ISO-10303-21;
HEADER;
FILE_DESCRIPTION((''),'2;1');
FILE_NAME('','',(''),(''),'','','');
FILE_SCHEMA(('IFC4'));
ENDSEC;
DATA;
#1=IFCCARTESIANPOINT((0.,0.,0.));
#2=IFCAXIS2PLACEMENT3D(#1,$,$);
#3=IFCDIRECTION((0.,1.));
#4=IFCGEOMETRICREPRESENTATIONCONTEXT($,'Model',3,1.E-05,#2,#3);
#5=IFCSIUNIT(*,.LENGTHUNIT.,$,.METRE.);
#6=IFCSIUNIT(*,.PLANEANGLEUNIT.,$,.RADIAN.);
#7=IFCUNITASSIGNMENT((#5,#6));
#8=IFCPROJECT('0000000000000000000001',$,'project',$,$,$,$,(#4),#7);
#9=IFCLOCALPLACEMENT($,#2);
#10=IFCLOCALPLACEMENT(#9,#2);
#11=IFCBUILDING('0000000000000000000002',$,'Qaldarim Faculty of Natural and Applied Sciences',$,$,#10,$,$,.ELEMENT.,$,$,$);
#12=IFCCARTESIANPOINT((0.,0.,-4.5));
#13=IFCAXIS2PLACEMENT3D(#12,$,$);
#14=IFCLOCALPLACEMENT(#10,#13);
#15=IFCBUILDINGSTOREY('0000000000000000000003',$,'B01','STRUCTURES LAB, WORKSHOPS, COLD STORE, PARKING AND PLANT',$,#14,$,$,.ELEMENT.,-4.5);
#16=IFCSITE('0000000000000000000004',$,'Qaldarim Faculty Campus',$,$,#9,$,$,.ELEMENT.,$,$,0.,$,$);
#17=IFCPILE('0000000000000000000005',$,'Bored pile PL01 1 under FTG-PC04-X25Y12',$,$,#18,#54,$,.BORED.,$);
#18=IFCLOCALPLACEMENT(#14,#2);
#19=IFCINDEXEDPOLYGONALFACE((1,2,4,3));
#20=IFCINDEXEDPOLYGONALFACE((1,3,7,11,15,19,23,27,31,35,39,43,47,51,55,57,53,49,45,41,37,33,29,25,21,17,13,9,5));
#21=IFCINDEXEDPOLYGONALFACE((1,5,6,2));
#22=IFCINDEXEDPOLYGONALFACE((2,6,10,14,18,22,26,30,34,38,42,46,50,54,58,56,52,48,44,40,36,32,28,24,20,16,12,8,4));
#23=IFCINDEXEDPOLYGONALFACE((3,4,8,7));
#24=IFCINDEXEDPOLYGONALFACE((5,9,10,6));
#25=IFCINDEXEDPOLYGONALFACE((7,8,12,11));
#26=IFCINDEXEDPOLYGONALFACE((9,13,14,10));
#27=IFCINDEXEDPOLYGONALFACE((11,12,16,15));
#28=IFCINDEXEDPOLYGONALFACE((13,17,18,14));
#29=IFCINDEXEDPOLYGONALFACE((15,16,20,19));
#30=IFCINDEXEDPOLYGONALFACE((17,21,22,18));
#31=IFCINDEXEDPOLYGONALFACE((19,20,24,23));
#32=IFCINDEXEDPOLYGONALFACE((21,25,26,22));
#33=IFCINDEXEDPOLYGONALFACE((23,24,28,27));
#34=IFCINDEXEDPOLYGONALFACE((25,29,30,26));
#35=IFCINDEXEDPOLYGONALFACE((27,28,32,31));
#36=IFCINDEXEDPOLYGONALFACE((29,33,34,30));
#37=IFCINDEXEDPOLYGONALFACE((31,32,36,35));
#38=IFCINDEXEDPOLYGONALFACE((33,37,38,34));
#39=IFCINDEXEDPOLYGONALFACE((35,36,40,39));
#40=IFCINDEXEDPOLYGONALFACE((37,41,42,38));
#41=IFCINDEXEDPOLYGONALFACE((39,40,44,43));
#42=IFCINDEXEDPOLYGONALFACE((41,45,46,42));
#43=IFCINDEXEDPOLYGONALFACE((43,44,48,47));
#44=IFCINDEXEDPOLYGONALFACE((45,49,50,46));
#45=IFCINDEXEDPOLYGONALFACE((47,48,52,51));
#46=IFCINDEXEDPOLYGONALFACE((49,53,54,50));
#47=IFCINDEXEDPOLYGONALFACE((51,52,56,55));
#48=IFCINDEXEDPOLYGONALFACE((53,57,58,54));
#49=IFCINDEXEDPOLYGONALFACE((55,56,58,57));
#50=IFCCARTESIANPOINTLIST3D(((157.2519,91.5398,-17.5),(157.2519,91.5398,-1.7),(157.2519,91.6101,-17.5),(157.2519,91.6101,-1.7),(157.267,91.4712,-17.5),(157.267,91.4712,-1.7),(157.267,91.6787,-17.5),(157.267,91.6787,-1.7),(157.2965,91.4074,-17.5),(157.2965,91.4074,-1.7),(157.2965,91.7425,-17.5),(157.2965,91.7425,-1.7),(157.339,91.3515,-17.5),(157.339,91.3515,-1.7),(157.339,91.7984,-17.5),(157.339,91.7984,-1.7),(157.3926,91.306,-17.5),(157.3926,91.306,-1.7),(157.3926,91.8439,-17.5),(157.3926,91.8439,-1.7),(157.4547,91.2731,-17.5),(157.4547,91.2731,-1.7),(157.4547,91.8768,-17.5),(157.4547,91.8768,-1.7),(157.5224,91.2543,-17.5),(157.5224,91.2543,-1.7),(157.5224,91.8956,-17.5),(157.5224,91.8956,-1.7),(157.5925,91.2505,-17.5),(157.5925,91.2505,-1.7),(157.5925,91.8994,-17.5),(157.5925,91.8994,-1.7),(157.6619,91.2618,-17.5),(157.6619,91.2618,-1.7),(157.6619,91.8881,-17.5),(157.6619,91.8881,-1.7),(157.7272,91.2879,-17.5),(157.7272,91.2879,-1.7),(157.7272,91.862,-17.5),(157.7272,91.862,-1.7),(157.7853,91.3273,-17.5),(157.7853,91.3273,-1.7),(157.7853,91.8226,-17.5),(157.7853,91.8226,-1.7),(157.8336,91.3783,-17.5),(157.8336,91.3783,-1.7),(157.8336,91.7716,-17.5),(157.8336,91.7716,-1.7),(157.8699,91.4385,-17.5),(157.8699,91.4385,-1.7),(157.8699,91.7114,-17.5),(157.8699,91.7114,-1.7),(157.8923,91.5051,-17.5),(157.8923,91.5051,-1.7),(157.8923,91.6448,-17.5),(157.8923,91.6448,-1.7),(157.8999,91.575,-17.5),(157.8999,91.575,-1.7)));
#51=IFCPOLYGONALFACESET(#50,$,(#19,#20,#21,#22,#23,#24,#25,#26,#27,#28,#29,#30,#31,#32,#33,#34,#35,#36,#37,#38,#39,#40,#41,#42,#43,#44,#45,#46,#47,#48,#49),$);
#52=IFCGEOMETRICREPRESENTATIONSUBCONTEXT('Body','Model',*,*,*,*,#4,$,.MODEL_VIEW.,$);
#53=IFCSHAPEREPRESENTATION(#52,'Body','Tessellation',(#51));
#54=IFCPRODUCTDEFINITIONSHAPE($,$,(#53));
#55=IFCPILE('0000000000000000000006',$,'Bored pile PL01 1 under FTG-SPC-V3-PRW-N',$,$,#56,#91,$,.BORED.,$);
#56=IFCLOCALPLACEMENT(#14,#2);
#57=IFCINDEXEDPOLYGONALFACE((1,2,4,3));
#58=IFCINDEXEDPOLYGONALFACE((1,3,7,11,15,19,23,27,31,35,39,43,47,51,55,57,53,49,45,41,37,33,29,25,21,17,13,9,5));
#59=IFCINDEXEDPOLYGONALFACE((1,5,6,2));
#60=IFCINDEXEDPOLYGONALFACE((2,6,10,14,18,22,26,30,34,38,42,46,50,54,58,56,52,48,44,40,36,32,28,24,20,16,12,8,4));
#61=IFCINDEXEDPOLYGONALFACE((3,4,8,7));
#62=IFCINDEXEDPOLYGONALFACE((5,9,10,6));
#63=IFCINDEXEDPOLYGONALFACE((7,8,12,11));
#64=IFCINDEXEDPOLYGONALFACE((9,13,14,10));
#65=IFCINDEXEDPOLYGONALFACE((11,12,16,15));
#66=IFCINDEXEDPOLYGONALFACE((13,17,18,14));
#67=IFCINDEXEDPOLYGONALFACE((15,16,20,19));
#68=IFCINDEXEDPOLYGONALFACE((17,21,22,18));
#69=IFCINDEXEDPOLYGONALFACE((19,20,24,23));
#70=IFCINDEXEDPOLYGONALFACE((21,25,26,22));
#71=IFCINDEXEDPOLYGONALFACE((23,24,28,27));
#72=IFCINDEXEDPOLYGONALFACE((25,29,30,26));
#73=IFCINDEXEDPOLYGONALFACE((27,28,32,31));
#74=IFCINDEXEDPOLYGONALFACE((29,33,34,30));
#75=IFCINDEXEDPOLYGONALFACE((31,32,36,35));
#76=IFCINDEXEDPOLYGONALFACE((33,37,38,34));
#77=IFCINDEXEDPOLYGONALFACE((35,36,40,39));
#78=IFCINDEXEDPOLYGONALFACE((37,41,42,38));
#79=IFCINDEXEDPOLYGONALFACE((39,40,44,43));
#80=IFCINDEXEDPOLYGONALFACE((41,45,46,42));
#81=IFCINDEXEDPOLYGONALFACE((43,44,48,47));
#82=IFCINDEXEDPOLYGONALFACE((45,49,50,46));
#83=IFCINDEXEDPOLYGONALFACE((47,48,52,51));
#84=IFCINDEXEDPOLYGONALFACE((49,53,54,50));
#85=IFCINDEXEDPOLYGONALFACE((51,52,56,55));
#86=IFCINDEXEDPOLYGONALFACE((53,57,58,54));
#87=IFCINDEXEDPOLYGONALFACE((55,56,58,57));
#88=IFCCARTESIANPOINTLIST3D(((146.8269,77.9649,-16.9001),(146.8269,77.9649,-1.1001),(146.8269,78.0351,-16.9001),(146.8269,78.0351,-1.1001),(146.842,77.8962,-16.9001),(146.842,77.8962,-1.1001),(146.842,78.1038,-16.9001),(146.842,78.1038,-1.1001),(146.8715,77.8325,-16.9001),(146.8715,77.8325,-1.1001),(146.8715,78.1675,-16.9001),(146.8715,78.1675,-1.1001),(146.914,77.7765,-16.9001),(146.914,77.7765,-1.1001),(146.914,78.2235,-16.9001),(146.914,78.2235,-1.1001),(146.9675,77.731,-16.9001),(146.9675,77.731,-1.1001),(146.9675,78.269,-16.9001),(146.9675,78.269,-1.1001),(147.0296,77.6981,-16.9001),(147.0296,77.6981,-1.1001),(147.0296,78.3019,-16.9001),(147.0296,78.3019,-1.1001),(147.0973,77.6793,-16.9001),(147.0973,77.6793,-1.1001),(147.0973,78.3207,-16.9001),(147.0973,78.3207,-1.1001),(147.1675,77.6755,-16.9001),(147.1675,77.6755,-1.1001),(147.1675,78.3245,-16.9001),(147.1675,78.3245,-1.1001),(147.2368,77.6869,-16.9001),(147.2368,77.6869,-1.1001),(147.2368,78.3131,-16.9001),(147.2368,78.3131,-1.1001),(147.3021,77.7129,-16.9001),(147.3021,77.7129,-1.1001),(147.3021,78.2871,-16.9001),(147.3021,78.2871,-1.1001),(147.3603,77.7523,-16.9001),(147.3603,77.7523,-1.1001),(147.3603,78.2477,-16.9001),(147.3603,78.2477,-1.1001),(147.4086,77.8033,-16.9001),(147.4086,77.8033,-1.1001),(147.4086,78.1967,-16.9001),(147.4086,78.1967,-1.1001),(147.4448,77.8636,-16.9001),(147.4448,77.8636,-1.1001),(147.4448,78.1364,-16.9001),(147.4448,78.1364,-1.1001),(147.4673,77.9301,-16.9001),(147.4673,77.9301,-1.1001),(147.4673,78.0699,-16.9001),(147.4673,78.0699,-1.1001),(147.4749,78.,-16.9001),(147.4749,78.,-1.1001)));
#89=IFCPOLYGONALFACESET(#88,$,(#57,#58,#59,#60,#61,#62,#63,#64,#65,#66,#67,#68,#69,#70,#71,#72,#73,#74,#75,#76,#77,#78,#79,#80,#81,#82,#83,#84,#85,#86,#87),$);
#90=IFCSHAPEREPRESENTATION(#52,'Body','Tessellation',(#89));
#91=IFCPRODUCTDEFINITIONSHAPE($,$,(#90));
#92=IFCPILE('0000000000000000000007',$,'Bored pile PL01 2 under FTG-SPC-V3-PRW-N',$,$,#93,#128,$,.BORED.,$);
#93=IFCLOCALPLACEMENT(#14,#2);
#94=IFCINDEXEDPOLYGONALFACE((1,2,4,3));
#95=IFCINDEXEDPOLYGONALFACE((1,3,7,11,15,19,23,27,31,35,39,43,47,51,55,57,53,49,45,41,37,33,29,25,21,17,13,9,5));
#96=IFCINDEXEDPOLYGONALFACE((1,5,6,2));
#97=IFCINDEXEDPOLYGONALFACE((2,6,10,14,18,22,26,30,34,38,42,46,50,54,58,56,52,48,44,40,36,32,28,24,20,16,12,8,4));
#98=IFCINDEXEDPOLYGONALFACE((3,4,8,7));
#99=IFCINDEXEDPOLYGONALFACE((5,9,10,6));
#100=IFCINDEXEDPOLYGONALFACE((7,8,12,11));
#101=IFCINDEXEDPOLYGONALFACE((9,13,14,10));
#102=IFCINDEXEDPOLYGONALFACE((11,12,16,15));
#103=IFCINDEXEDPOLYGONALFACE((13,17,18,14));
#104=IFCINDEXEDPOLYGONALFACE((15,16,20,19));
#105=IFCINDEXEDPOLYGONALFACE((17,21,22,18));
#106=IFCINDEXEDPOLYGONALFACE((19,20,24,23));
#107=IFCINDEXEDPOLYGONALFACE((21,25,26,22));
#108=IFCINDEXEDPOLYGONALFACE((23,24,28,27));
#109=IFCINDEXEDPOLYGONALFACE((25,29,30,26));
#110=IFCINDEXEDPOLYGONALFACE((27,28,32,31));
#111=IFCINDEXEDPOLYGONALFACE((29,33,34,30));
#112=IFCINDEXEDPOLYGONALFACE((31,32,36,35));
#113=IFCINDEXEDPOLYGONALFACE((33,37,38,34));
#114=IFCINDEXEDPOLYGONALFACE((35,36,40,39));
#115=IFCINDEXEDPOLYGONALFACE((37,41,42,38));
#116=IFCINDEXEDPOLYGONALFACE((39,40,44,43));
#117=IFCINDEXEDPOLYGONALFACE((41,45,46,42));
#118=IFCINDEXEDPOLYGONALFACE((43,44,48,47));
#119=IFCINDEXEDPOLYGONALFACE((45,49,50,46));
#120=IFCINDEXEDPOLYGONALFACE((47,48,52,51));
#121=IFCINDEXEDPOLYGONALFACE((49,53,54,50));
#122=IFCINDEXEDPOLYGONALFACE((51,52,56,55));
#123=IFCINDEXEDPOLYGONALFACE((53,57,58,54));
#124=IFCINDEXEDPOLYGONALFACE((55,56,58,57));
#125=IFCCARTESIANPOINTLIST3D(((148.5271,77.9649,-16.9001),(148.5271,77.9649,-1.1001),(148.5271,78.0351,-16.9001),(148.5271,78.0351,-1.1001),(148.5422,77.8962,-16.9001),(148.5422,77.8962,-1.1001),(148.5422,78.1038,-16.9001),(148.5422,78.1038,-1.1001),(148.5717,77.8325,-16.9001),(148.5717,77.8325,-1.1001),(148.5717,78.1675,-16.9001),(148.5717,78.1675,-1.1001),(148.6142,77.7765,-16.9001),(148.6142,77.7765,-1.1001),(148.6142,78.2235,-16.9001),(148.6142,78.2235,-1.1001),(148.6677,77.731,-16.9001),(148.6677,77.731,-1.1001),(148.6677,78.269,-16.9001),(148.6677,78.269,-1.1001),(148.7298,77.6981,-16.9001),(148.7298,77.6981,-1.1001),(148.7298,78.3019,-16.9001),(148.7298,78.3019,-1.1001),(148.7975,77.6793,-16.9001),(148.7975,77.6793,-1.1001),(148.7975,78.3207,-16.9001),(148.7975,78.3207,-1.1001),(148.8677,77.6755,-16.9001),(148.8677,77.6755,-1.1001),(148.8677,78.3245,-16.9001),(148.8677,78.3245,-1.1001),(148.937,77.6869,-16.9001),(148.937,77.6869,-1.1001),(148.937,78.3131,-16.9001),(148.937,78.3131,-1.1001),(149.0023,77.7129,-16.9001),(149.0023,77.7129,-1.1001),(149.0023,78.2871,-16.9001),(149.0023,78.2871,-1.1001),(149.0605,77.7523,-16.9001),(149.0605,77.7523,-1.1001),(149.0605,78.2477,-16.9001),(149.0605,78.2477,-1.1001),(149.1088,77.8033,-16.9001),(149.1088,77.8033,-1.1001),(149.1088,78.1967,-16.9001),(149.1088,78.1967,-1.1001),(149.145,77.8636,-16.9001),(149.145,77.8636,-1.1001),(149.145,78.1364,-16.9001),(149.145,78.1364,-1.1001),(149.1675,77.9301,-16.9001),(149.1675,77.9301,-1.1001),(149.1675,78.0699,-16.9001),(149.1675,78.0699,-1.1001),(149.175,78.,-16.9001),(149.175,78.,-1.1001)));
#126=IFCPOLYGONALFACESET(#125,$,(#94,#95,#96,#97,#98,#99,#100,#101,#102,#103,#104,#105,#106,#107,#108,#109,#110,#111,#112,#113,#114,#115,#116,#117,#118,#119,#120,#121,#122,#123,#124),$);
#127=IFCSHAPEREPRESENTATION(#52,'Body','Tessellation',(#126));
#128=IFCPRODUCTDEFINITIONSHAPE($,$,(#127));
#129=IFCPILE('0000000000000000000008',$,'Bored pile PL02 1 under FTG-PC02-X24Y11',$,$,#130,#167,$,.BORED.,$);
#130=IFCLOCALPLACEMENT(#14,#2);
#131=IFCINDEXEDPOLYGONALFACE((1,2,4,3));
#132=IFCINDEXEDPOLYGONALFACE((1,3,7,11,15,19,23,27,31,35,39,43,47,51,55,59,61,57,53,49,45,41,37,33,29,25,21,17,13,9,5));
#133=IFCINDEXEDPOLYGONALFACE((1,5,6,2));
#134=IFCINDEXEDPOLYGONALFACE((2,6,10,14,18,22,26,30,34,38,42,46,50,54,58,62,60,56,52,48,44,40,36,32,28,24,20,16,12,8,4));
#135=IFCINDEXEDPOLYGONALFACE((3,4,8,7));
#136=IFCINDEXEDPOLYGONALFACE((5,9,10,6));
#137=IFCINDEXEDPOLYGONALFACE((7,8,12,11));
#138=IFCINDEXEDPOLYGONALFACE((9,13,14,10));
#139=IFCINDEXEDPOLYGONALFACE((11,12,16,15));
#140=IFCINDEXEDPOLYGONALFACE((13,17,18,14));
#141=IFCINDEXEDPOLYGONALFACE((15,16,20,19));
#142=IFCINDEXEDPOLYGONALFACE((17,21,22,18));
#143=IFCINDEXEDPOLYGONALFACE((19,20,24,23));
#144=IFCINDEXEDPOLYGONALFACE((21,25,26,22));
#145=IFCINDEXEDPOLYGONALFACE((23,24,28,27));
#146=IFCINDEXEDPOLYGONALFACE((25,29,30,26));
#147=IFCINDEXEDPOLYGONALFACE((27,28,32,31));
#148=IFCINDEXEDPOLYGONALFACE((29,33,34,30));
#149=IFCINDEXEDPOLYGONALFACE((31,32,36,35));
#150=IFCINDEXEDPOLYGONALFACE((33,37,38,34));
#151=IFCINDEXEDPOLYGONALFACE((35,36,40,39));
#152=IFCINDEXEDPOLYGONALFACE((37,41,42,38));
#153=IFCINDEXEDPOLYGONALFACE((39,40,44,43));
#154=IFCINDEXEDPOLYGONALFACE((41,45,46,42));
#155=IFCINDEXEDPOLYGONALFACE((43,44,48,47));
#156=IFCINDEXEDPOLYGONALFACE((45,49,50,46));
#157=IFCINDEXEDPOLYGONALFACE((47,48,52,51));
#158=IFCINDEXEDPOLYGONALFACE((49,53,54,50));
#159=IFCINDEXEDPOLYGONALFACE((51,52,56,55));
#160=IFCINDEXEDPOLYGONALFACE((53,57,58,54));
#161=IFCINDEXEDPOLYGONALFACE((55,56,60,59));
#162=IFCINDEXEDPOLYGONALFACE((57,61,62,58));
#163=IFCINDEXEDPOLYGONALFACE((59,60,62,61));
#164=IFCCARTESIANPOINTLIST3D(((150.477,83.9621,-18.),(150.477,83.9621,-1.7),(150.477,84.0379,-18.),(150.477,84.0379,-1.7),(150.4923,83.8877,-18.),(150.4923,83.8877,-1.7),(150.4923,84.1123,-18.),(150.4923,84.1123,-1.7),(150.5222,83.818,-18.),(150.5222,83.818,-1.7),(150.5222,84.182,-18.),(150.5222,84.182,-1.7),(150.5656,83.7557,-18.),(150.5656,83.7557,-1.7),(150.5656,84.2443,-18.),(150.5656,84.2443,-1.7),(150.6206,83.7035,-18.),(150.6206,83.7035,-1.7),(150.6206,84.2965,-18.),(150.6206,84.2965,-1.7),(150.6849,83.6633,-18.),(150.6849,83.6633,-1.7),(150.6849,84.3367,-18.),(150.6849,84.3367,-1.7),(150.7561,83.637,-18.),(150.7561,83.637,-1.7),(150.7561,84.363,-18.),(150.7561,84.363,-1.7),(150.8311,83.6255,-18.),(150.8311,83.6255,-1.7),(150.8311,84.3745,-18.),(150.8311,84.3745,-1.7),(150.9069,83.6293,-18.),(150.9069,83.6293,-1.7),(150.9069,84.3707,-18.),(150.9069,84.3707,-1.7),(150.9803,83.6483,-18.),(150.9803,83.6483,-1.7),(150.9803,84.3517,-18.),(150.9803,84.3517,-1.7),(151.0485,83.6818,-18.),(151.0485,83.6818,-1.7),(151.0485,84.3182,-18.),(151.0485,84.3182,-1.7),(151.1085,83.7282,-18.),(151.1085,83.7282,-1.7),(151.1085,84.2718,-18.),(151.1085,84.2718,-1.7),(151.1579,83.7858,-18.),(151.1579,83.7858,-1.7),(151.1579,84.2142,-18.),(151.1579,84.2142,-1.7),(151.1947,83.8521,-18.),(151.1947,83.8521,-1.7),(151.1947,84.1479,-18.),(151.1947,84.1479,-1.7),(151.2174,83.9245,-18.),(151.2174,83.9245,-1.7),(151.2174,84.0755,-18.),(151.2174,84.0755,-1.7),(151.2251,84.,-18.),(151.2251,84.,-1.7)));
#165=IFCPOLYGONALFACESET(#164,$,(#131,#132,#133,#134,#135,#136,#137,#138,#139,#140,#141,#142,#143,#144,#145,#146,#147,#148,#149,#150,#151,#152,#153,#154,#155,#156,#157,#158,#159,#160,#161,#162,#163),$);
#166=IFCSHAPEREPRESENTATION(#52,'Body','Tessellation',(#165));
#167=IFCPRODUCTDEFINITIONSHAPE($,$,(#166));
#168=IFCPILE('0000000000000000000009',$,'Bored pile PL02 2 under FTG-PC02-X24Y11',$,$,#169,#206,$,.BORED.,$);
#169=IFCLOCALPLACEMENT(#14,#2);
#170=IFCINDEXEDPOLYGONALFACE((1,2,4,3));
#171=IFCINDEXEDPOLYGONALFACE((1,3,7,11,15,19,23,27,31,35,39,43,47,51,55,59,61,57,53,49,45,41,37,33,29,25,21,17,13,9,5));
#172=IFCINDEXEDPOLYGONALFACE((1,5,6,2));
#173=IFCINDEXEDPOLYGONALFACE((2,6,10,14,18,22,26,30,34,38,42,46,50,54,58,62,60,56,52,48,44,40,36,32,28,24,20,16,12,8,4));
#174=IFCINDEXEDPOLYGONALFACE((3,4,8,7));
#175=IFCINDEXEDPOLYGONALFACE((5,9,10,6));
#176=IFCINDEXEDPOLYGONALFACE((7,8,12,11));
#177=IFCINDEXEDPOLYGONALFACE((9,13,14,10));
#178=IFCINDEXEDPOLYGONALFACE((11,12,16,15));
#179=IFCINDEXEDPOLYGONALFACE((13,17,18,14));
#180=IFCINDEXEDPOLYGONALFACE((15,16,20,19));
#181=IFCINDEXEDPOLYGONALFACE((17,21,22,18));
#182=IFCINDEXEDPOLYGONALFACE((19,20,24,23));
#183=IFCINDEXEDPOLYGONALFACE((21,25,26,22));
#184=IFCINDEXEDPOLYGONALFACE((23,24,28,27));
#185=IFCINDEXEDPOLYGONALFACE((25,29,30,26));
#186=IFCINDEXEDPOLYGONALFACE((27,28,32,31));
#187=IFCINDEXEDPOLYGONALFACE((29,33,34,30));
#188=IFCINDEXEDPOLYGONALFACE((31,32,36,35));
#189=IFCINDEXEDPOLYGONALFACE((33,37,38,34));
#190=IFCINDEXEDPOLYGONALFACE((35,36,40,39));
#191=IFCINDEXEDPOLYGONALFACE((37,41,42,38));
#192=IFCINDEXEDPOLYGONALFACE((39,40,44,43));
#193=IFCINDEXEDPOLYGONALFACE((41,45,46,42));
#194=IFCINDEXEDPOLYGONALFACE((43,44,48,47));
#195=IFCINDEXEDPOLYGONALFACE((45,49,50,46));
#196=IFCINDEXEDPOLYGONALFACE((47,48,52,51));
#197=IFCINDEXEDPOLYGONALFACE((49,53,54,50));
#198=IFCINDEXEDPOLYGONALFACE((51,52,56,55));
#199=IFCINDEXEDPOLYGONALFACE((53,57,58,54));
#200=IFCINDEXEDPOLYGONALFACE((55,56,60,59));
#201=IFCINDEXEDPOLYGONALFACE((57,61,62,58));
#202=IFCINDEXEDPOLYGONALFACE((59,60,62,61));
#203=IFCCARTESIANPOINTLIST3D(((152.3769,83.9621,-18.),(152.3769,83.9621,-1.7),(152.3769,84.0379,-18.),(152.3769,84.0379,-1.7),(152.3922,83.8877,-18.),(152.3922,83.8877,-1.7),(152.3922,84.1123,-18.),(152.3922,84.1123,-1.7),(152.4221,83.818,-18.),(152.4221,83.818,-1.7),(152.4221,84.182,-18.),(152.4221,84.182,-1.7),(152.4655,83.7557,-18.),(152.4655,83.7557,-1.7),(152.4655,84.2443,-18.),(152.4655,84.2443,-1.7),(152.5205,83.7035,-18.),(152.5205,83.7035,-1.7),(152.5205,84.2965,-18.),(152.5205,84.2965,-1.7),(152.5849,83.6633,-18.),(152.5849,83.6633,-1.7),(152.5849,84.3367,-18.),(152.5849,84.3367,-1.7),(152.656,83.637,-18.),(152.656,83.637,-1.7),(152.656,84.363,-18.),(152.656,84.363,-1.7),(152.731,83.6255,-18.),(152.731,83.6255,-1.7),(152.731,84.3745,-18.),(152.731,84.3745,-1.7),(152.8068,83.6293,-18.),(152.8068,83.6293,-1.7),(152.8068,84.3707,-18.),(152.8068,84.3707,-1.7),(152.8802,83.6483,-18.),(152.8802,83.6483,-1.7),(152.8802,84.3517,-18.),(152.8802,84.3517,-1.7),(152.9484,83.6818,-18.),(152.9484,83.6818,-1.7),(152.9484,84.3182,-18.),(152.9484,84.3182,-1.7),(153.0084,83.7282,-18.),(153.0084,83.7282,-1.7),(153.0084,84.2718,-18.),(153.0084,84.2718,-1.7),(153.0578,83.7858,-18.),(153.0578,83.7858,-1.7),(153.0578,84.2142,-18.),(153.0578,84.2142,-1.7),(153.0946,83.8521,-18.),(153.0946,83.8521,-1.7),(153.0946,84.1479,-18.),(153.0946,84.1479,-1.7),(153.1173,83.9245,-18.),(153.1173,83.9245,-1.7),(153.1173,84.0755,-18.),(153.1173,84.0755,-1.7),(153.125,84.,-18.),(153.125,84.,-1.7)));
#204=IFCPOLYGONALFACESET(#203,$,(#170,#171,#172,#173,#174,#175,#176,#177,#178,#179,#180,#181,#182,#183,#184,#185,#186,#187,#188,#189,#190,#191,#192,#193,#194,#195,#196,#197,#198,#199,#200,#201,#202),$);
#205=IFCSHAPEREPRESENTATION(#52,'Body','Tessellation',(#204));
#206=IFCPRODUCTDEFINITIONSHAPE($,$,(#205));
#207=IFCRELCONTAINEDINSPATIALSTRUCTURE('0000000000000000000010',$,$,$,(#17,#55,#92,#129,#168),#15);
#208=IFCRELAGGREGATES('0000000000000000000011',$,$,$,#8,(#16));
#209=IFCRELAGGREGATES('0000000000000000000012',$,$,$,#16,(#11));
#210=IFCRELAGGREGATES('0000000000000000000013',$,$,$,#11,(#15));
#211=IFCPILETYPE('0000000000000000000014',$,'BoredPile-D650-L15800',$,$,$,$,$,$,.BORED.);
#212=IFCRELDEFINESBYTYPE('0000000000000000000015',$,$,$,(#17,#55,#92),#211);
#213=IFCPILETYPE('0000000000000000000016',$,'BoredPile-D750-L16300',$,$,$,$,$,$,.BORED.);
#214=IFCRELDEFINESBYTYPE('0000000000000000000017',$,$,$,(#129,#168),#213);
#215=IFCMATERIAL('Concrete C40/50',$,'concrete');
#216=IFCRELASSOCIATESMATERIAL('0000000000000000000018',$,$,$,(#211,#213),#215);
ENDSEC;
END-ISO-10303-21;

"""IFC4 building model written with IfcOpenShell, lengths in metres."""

from ifc_helpers import new_model, si_unit, direction, frame, origin, origin_2d, place, context, subcontext, project, spatial, circle, extrude, material, material_profile, profile_set, type_object, element, save


model = new_model("IFC4")

# Units and contexts
model_context = context("Model", 3, precision=1e-05, world=origin(), true_north=direction((0.0, 1.0)))
body_context = subcontext(model_context, "Body", "Model", "MODEL_VIEW")
ifc_project = project(units=[si_unit("LENGTHUNIT", "METRE"), si_unit("PLANEANGLEUNIT", "RADIAN")], contexts=[model_context])

# Site, building, storey
site_placement = place(None, origin())
site = spatial("IfcSite", under=ifc_project, at=site_placement, Name="Qaldarim Faculty Campus", CompositionType="ELEMENT", RefElevation=0.0)
building_placement = place(site_placement, origin())
building = spatial("IfcBuilding", under=site, at=building_placement, Name="Qaldarim Faculty of Natural and Applied Sciences", CompositionType="ELEMENT")
storey_placement = place(building_placement, frame((0.0, 0.0, -4.5)))
storey = spatial("IfcBuildingStorey", under=building, at=storey_placement, Name="B01", Description="STRUCTURES LAB, WORKSHOPS, COLD STORE, PARKING AND PLANT", CompositionType="ELEMENT", Elevation=-4.5)

# Piles
ifc_material_1 = material(Name="Concrete C40/50", Category="concrete")
ifc_material_profile_1 = material_profile(ifc_material_1, circle(Radius=0.325, at=origin_2d()), Name="PILE-D650")
ifc_profile_set_1 = profile_set([ifc_material_profile_1], Name="Concrete C40/50")
pile_type_1 = type_object("IfcPileType", Name="BoredPile-D650-L15800", PredefinedType="BORED", material=ifc_profile_set_1)
for number, where, z_axis, x_axis, name in (
    (1, (157.575, 91.575, -1.7), (0.0, 0.0, -1.0), (1.0, 0.0, 0.0), "Bored pile PL01 1 under FTG-PC04-X25Y12"),
    (2, (147.1499, 78.0, -1.1001), (0.0, 0.0, -1.0), (1.0, 0.0, 0.0), "Bored pile PL01 1 under FTG-SPC-V3-PRW-N"),
    (3, (148.8501, 78.0, -1.1001), (0.0, 0.0, -1.0), (1.0, 0.0, 0.0), "Bored pile PL01 2 under FTG-SPC-V3-PRW-N"),
):
    element("IfcPile", number, at=place(storey_placement, frame(where, z_axis=z_axis, x_axis=x_axis)), inside=storey, type_object=pile_type_1, Name=name, PredefinedType="BORED", context=body_context, shape_type="SweptSolid", body=[
        extrude(circle(Radius=0.325, at=origin_2d()), origin(), (0.0, 0.0, 1.0), 15.8),
    ])
ifc_material_profile_2 = material_profile(ifc_material_1, circle(Radius=0.375, at=origin_2d()), Name="PILE-D750")
ifc_profile_set_2 = profile_set([ifc_material_profile_2], Name="Concrete C40/50")
pile_type_2 = type_object("IfcPileType", Name="BoredPile-D750-L16300", PredefinedType="BORED", material=ifc_profile_set_2)
for number, where, z_axis, x_axis, name in (
    (4, (150.8501, 84.0, -1.7), (0.0, 0.0, -1.0), (1.0, 0.0, 0.0), "Bored pile PL02 1 under FTG-PC02-X24Y11"),
    (5, (152.75, 84.0, -1.7), (0.0, 0.0, -1.0), (1.0, 0.0, 0.0), "Bored pile PL02 2 under FTG-PC02-X24Y11"),
):
    element("IfcPile", number, at=place(storey_placement, frame(where, z_axis=z_axis, x_axis=x_axis)), inside=storey, type_object=pile_type_2, Name=name, PredefinedType="BORED", context=body_context, shape_type="SweptSolid", body=[
        extrude(circle(Radius=0.375, at=origin_2d()), origin(), (0.0, 0.0, 1.0), 16.3),
    ])

save(model, "model.ifc")
